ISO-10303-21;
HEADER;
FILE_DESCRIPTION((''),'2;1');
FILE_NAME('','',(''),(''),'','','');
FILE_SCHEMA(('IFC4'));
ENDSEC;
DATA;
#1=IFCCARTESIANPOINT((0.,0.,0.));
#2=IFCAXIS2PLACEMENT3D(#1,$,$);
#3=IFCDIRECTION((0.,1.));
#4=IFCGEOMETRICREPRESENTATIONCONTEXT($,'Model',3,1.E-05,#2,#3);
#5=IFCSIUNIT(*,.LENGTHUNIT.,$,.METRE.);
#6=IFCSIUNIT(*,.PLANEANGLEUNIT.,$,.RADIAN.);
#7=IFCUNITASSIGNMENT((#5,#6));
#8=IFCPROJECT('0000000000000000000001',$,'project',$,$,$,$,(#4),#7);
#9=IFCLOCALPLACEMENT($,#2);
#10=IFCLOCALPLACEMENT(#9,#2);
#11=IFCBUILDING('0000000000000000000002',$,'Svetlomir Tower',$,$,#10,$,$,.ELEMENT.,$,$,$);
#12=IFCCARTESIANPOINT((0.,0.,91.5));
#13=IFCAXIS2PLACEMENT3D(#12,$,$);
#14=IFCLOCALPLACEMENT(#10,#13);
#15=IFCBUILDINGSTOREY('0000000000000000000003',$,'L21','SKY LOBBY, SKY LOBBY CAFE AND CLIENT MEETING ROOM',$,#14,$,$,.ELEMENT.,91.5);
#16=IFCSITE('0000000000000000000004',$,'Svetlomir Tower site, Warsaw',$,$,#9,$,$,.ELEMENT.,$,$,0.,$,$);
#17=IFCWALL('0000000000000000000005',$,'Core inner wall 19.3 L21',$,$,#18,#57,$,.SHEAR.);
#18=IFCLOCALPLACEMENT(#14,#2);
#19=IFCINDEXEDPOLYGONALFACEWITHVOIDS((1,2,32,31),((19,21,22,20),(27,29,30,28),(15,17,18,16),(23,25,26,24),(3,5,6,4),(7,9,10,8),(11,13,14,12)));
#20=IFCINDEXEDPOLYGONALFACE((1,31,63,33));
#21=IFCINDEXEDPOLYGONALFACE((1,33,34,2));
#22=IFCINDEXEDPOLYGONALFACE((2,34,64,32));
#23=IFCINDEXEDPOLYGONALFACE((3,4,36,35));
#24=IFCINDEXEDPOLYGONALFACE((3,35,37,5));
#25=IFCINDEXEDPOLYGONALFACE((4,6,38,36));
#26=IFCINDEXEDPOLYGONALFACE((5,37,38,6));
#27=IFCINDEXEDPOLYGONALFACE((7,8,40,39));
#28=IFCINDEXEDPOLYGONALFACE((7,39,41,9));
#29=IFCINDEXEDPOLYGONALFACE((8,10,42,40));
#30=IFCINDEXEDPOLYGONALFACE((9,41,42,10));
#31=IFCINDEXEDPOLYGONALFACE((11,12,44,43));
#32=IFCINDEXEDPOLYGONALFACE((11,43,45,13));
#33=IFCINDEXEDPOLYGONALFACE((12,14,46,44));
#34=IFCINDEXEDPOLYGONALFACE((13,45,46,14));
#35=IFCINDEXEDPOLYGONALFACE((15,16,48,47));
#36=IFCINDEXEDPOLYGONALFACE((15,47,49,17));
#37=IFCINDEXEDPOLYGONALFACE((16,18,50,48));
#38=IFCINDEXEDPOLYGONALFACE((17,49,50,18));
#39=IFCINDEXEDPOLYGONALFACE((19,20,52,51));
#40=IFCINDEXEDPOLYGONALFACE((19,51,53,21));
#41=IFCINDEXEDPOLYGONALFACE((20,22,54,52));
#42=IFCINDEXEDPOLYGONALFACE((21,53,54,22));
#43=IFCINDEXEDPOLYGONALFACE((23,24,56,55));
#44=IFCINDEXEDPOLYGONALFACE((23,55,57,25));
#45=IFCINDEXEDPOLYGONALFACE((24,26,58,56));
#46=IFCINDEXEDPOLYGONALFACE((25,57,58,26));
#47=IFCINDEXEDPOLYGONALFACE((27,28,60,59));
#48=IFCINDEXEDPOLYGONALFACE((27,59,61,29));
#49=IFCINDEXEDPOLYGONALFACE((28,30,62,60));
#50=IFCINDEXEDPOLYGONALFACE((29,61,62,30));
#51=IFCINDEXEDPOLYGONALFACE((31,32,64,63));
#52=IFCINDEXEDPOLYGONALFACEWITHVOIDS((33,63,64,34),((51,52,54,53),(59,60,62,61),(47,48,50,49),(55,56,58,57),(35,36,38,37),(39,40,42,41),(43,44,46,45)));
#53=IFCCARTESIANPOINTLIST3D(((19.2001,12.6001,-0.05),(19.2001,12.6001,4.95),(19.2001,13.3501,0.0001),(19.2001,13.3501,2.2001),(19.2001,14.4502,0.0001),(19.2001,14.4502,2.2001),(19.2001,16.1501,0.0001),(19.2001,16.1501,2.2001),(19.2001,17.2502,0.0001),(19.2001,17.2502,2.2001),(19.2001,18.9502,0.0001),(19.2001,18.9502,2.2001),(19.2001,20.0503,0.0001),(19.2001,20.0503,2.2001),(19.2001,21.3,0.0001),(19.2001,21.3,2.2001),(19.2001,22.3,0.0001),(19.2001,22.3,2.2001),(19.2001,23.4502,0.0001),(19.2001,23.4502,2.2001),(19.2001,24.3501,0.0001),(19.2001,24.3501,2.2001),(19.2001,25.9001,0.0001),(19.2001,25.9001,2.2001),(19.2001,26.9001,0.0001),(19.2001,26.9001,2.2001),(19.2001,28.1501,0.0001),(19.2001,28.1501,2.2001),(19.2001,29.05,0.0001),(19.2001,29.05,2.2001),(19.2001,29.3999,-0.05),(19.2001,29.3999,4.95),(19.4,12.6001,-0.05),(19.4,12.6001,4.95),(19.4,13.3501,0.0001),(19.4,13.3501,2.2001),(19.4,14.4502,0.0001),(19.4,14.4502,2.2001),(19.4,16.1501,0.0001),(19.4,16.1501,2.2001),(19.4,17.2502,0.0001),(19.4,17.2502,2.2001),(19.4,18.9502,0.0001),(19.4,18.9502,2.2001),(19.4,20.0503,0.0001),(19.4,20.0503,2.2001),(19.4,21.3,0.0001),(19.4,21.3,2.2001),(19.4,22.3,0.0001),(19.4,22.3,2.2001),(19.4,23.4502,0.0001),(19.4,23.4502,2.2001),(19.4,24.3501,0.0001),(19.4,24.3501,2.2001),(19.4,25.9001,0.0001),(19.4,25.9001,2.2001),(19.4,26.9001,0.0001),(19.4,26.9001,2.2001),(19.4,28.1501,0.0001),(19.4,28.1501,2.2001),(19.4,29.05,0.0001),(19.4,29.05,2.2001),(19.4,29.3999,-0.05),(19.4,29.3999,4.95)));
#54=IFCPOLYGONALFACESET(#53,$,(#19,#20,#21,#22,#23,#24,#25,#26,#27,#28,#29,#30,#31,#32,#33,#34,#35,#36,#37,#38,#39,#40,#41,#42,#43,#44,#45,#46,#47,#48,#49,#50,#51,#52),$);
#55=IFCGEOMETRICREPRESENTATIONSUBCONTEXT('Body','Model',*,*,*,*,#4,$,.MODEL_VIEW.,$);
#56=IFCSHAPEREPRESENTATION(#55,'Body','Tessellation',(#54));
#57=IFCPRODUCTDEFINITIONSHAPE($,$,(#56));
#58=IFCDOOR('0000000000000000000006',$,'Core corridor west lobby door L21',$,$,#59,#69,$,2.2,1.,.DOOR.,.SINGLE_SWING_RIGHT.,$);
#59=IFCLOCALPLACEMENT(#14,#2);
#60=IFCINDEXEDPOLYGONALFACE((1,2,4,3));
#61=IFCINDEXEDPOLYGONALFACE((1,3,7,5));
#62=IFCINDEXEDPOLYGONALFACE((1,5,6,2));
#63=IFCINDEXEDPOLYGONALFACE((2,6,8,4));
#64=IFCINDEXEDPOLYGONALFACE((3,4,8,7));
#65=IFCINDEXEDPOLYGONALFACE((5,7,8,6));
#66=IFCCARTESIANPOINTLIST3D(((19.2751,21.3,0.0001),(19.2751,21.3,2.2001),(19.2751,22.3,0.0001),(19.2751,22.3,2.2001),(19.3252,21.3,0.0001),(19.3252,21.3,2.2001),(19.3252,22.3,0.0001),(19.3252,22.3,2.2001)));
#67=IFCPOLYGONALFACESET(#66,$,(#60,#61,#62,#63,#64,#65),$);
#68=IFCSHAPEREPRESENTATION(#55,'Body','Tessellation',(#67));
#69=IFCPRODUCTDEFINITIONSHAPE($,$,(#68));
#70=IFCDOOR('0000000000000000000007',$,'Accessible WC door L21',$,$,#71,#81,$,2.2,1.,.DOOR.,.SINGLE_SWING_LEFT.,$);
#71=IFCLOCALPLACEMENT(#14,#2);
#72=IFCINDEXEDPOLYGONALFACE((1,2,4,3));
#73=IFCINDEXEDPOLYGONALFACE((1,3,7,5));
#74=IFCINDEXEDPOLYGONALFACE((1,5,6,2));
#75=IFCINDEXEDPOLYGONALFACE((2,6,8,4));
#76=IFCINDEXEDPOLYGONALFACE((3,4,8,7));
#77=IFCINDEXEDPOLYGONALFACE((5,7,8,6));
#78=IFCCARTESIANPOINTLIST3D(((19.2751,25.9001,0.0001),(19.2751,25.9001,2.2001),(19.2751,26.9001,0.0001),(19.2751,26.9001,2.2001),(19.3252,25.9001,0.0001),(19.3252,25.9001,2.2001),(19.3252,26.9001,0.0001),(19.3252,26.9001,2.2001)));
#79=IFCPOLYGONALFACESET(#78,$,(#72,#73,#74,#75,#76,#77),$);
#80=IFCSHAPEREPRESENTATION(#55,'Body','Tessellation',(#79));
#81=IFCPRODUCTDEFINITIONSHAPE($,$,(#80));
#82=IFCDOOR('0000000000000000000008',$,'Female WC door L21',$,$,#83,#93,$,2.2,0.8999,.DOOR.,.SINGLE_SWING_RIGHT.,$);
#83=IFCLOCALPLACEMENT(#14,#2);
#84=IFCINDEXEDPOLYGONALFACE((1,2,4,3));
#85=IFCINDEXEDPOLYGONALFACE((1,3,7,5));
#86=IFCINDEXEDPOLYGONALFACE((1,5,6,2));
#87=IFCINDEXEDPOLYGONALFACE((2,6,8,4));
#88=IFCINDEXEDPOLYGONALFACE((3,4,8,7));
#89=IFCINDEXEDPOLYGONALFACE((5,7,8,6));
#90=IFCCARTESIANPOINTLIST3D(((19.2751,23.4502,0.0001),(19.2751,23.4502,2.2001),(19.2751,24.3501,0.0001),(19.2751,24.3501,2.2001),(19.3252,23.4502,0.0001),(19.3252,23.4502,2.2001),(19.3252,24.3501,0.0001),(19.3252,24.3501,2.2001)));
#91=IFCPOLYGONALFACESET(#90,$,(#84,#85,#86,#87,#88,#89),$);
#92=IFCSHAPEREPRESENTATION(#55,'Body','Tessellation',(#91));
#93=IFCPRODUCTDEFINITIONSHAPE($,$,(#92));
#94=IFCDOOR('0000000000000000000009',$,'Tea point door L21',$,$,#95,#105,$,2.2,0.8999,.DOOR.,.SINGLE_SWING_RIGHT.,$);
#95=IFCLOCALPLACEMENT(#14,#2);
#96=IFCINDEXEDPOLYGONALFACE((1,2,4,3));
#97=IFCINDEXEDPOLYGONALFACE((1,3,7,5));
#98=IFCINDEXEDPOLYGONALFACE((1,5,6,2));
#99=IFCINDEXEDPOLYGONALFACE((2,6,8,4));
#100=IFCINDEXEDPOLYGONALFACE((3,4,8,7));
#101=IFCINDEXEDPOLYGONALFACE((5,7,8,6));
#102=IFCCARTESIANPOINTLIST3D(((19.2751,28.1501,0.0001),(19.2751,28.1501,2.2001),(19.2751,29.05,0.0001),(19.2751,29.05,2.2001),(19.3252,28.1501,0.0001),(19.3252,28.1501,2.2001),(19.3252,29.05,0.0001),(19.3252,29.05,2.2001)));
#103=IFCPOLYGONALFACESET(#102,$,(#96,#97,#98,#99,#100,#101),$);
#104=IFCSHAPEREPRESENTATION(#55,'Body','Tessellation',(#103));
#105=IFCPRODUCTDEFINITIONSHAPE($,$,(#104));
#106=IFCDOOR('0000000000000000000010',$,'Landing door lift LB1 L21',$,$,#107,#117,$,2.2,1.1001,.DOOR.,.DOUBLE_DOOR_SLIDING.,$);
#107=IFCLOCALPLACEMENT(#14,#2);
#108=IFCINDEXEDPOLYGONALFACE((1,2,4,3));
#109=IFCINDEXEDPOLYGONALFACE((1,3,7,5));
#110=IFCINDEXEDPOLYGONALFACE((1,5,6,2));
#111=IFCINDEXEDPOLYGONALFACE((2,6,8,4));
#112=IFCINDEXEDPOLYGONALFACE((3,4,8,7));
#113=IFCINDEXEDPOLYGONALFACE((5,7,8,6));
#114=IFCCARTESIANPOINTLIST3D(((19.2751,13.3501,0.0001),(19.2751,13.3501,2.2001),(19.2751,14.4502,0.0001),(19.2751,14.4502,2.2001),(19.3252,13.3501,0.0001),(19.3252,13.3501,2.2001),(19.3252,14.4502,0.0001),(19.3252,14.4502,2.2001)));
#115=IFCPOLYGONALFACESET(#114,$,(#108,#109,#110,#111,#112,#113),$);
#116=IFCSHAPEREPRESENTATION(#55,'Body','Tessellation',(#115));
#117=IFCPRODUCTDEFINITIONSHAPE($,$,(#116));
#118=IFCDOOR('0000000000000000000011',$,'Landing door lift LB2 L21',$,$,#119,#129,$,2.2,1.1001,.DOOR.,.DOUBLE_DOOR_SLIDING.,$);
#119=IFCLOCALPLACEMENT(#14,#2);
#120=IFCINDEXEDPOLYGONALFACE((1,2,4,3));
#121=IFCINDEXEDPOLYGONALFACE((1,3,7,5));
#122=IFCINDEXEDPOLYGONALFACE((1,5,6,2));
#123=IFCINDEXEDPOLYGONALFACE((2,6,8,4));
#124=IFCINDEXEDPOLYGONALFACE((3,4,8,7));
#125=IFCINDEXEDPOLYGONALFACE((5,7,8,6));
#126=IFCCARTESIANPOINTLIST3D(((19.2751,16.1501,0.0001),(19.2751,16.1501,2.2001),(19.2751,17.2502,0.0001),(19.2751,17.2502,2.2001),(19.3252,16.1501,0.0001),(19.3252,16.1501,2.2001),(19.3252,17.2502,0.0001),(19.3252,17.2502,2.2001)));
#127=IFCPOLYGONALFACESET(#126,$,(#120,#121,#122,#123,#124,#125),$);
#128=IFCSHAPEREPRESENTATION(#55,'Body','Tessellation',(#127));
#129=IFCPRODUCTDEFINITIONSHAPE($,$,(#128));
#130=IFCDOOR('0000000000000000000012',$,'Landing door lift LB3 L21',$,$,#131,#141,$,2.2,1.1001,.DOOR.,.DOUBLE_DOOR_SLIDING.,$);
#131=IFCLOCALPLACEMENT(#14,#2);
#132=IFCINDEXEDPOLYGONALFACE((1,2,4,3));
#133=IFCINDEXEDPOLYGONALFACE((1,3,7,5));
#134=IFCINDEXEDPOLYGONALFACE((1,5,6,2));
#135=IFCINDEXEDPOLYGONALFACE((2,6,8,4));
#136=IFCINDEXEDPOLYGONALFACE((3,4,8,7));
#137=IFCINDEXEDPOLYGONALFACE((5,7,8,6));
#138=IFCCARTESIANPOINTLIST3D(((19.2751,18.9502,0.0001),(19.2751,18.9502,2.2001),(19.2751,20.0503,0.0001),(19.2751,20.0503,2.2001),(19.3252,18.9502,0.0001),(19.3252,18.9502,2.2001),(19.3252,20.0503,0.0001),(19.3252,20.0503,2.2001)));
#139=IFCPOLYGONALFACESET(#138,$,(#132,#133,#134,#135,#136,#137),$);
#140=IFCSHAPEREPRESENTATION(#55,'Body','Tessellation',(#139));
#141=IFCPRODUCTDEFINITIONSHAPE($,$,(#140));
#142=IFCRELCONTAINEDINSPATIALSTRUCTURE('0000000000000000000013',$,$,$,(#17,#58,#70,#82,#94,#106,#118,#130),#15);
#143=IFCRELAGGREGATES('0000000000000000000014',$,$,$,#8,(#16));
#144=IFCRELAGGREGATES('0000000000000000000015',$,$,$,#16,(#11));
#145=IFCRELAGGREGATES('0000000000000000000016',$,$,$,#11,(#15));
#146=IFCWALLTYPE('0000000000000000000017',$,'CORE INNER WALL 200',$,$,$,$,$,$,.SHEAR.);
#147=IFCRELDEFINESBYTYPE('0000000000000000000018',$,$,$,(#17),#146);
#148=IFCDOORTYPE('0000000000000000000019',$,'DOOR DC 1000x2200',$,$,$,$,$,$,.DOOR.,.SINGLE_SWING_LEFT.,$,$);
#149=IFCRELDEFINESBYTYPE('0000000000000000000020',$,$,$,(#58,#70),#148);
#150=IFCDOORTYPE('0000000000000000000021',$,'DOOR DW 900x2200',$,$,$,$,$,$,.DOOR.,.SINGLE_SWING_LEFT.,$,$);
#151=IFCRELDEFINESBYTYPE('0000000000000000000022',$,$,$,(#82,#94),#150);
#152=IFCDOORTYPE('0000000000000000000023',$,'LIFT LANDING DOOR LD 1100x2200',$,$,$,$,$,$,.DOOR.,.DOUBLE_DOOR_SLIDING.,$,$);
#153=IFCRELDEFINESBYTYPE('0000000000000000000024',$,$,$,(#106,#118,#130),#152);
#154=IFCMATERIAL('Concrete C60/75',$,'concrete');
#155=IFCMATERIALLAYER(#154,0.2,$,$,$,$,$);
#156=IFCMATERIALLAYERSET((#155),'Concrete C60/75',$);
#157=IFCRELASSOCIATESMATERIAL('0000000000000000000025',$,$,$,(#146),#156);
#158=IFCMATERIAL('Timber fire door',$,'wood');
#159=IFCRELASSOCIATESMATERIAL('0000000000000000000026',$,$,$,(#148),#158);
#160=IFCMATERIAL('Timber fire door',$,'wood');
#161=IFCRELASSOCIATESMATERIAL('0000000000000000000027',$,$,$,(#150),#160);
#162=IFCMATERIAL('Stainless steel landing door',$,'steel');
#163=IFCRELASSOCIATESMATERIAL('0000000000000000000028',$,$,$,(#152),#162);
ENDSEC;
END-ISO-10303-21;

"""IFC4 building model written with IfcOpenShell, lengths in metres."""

from ifc_helpers import new_model, si_unit, direction, frame, frame_2d, origin, place, context, subcontext, project, spatial, rectangle, extrude, material, layer, layer_set, type_object, element, fill, save


model = new_model("IFC4")

# Units and contexts
model_context = context("Model", 3, precision=1e-05, world=origin(), true_north=direction((0.0, 1.0)))
body_context = subcontext(model_context, "Body", "Model", "MODEL_VIEW")
ifc_project = project(units=[si_unit("LENGTHUNIT", "METRE"), si_unit("PLANEANGLEUNIT", "RADIAN")], contexts=[model_context])

# Site, building, storey
site_placement = place(None, origin())
site = spatial("IfcSite", under=ifc_project, at=site_placement, Name="Svetlomir Tower site, Warsaw", CompositionType="ELEMENT", RefElevation=0.0)
building_placement = place(site_placement, origin())
building = spatial("IfcBuilding", under=site, at=building_placement, Name="Svetlomir Tower", CompositionType="ELEMENT")
storey_placement = place(building_placement, frame((0.0, 0.0, 91.5)))
storey = spatial("IfcBuildingStorey", under=building, at=storey_placement, Name="L21", Description="SKY LOBBY, SKY LOBBY CAFE AND CLIENT MEETING ROOM", CompositionType="ELEMENT", Elevation=91.5)

# Wall, openings, doors
ifc_material_1 = material(Name="Concrete C60/75", Category="concrete")
ifc_layer_1 = layer(ifc_material_1, 0.2)
ifc_layer_set_1 = layer_set([ifc_layer_1], Name="Concrete C60/75")
wall_type_1 = type_object("IfcWallType", Name="CORE INNER WALL 200", PredefinedType="SHEAR", material=ifc_layer_set_1)
wall_1_placement = place(storey_placement, frame((19.3, 12.6001, -0.05), z_axis=(0.0, 0.0, 1.0), x_axis=(0.0, 1.0, 0.0)))
wall_1 = element("IfcWall", 1, at=wall_1_placement, inside=storey, type_object=wall_type_1, Name="Core inner wall 19.3 L21", PredefinedType="SHEAR", context=body_context, shape_type="SweptSolid", body=[
    extrude(rectangle(XDim=16.7998, YDim=0.2, at=frame_2d((8.3999, 0.0))), origin(), (0.0, 0.0, 1.0), 5.0),
])
opening_1_placement = place(wall_1_placement, frame((8.7, 0.0, 0.05)))
opening_1 = element("IfcOpeningElement", 2, at=opening_1_placement, cuts=wall_1, PredefinedType="OPENING", context=body_context, shape_type="SweptSolid", body=[
    extrude(rectangle(XDim=1.0, YDim=2.2, at=frame_2d((0.5, 1.1001))), frame((0.0, 0.1099, 0.0), z_axis=(0.0, -1.0, 0.0), x_axis=(1.0, 0.0, 0.0)), (0.0, 0.0, 1.0), 0.22),
])
opening_2_placement = place(wall_1_placement, frame((10.8501, 0.0, 0.05)))
opening_2 = element("IfcOpeningElement", 3, at=opening_2_placement, cuts=wall_1, PredefinedType="OPENING", context=body_context, shape_type="SweptSolid", body=[
    extrude(rectangle(XDim=0.8999, YDim=2.2, at=frame_2d((0.45, 1.1001))), frame((0.0, 0.1099, 0.0), z_axis=(0.0, -1.0, 0.0), x_axis=(1.0, 0.0, 0.0)), (0.0, 0.0, 1.0), 0.22),
])
opening_3_placement = place(wall_1_placement, frame((13.3, 0.0, 0.05)))
opening_3 = element("IfcOpeningElement", 4, at=opening_3_placement, cuts=wall_1, PredefinedType="OPENING", context=body_context, shape_type="SweptSolid", body=[
    extrude(rectangle(XDim=1.0, YDim=2.2, at=frame_2d((0.5, 1.1001))), frame((0.0, 0.1099, 0.0), z_axis=(0.0, -1.0, 0.0), x_axis=(1.0, 0.0, 0.0)), (0.0, 0.0, 1.0), 0.22),
])
opening_4_placement = place(wall_1_placement, frame((15.55, 0.0, 0.05)))
opening_4 = element("IfcOpeningElement", 5, at=opening_4_placement, cuts=wall_1, PredefinedType="OPENING", context=body_context, shape_type="SweptSolid", body=[
    extrude(rectangle(XDim=0.8999, YDim=2.2, at=frame_2d((0.45, 1.1001))), frame((0.0, 0.1099, 0.0), z_axis=(0.0, -1.0, 0.0), x_axis=(1.0, 0.0, 0.0)), (0.0, 0.0, 1.0), 0.22),
])
opening_5_placement = place(wall_1_placement, frame((0.75, 0.0, 0.05)))
opening_5 = element("IfcOpeningElement", 6, at=opening_5_placement, cuts=wall_1, PredefinedType="OPENING", context=body_context, shape_type="SweptSolid", body=[
    extrude(rectangle(XDim=1.1001, YDim=2.2, at=frame_2d((0.55, 1.1001))), frame((0.0, 0.1099, 0.0), z_axis=(0.0, -1.0, 0.0), x_axis=(1.0, 0.0, 0.0)), (0.0, 0.0, 1.0), 0.22),
])
opening_6_placement = place(wall_1_placement, frame((3.55, 0.0, 0.05)))
opening_6 = element("IfcOpeningElement", 7, at=opening_6_placement, cuts=wall_1, PredefinedType="OPENING", context=body_context, shape_type="SweptSolid", body=[
    extrude(rectangle(XDim=1.1001, YDim=2.2, at=frame_2d((0.55, 1.1001))), frame((0.0, 0.1099, 0.0), z_axis=(0.0, -1.0, 0.0), x_axis=(1.0, 0.0, 0.0)), (0.0, 0.0, 1.0), 0.22),
])
opening_7_placement = place(wall_1_placement, frame((6.3501, 0.0, 0.05)))
opening_7 = element("IfcOpeningElement", 8, at=opening_7_placement, cuts=wall_1, PredefinedType="OPENING", context=body_context, shape_type="SweptSolid", body=[
    extrude(rectangle(XDim=1.1001, YDim=2.2, at=frame_2d((0.55, 1.1001))), frame((0.0, 0.1099, 0.0), z_axis=(0.0, -1.0, 0.0), x_axis=(1.0, 0.0, 0.0)), (0.0, 0.0, 1.0), 0.22),
])
ifc_material_2 = material(Name="Timber fire door", Category="wood")
door_type_1 = type_object("IfcDoorType", Name="DOOR DC 1000x2200", OperationType="SINGLE_SWING_LEFT", PredefinedType="DOOR", material=ifc_material_2)
door_1_placement = place(opening_1_placement, origin())
door_1 = element("IfcDoor", 9, at=door_1_placement, inside=storey, type_object=door_type_1, Name="Core corridor west lobby door L21", OperationType="SINGLE_SWING_RIGHT", OverallHeight=2.2, OverallWidth=1.0, PredefinedType="DOOR", context=body_context, shape_type="SweptSolid", body=[
    extrude(rectangle(XDim=1.0, YDim=2.2, at=frame_2d((0.5, 1.1001))), frame((0.0, 0.0249, 0.0), z_axis=(0.0, -1.0, 0.0), x_axis=(1.0, 0.0, 0.0)), (0.0, 0.0, 1.0), 0.05),
])
fill(opening_1, door_1)
door_2_placement = place(opening_3_placement, origin())
door_2 = element("IfcDoor", 10, at=door_2_placement, inside=storey, type_object=door_type_1, Name="Accessible WC door L21", OperationType="SINGLE_SWING_LEFT", OverallHeight=2.2, OverallWidth=1.0, PredefinedType="DOOR", context=body_context, shape_type="SweptSolid", body=[
    extrude(rectangle(XDim=1.0, YDim=2.2, at=frame_2d((0.5, 1.1001))), frame((0.0, 0.0249, 0.0), z_axis=(0.0, -1.0, 0.0), x_axis=(1.0, 0.0, 0.0)), (0.0, 0.0, 1.0), 0.05),
])
fill(opening_3, door_2)
ifc_material_3 = material(Name="Timber fire door", Category="wood")
door_type_2 = type_object("IfcDoorType", Name="DOOR DW 900x2200", OperationType="SINGLE_SWING_LEFT", PredefinedType="DOOR", material=ifc_material_3)
door_3_placement = place(opening_2_placement, origin())
door_3 = element("IfcDoor", 11, at=door_3_placement, inside=storey, type_object=door_type_2, Name="Female WC door L21", OperationType="SINGLE_SWING_RIGHT", OverallHeight=2.2, OverallWidth=0.8999, PredefinedType="DOOR", context=body_context, shape_type="SweptSolid", body=[
    extrude(rectangle(XDim=0.8999, YDim=2.2, at=frame_2d((0.45, 1.1001))), frame((0.0, 0.0249, 0.0), z_axis=(0.0, -1.0, 0.0), x_axis=(1.0, 0.0, 0.0)), (0.0, 0.0, 1.0), 0.05),
])
fill(opening_2, door_3)
door_4_placement = place(opening_4_placement, origin())
door_4 = element("IfcDoor", 12, at=door_4_placement, inside=storey, type_object=door_type_2, Name="Tea point door L21", OperationType="SINGLE_SWING_RIGHT", OverallHeight=2.2, OverallWidth=0.8999, PredefinedType="DOOR", context=body_context, shape_type="SweptSolid", body=[
    extrude(rectangle(XDim=0.8999, YDim=2.2, at=frame_2d((0.45, 1.1001))), frame((0.0, 0.0249, 0.0), z_axis=(0.0, -1.0, 0.0), x_axis=(1.0, 0.0, 0.0)), (0.0, 0.0, 1.0), 0.05),
])
fill(opening_4, door_4)
ifc_material_4 = material(Name="Stainless steel landing door", Category="steel")
door_type_3 = type_object("IfcDoorType", Name="LIFT LANDING DOOR LD 1100x2200", OperationType="DOUBLE_DOOR_SLIDING", PredefinedType="DOOR", material=ifc_material_4)
door_5_placement = place(opening_5_placement, origin())
door_5 = element("IfcDoor", 13, at=door_5_placement, inside=storey, type_object=door_type_3, Name="Landing door lift LB1 L21", OperationType="DOUBLE_DOOR_SLIDING", OverallHeight=2.2, OverallWidth=1.1001, PredefinedType="DOOR", context=body_context, shape_type="SweptSolid", body=[
    extrude(rectangle(XDim=1.1001, YDim=2.2, at=frame_2d((0.55, 1.1001))), frame((0.0, 0.0249, 0.0), z_axis=(0.0, -1.0, 0.0), x_axis=(1.0, 0.0, 0.0)), (0.0, 0.0, 1.0), 0.05),
])
fill(opening_5, door_5)
door_6_placement = place(opening_6_placement, origin())
door_6 = element("IfcDoor", 14, at=door_6_placement, inside=storey, type_object=door_type_3, Name="Landing door lift LB2 L21", OperationType="DOUBLE_DOOR_SLIDING", OverallHeight=2.2, OverallWidth=1.1001, PredefinedType="DOOR", context=body_context, shape_type="SweptSolid", body=[
    extrude(rectangle(XDim=1.1001, YDim=2.2, at=frame_2d((0.55, 1.1001))), frame((0.0, 0.0249, 0.0), z_axis=(0.0, -1.0, 0.0), x_axis=(1.0, 0.0, 0.0)), (0.0, 0.0, 1.0), 0.05),
])
fill(opening_6, door_6)
door_7_placement = place(opening_7_placement, origin())
door_7 = element("IfcDoor", 15, at=door_7_placement, inside=storey, type_object=door_type_3, Name="Landing door lift LB3 L21", OperationType="DOUBLE_DOOR_SLIDING", OverallHeight=2.2, OverallWidth=1.1001, PredefinedType="DOOR", context=body_context, shape_type="SweptSolid", body=[
    extrude(rectangle(XDim=1.1001, YDim=2.2, at=frame_2d((0.55, 1.1001))), frame((0.0, 0.0249, 0.0), z_axis=(0.0, -1.0, 0.0), x_axis=(1.0, 0.0, 0.0)), (0.0, 0.0, 1.0), 0.05),
])
fill(opening_7, door_7)

save(model, "model.ifc")
